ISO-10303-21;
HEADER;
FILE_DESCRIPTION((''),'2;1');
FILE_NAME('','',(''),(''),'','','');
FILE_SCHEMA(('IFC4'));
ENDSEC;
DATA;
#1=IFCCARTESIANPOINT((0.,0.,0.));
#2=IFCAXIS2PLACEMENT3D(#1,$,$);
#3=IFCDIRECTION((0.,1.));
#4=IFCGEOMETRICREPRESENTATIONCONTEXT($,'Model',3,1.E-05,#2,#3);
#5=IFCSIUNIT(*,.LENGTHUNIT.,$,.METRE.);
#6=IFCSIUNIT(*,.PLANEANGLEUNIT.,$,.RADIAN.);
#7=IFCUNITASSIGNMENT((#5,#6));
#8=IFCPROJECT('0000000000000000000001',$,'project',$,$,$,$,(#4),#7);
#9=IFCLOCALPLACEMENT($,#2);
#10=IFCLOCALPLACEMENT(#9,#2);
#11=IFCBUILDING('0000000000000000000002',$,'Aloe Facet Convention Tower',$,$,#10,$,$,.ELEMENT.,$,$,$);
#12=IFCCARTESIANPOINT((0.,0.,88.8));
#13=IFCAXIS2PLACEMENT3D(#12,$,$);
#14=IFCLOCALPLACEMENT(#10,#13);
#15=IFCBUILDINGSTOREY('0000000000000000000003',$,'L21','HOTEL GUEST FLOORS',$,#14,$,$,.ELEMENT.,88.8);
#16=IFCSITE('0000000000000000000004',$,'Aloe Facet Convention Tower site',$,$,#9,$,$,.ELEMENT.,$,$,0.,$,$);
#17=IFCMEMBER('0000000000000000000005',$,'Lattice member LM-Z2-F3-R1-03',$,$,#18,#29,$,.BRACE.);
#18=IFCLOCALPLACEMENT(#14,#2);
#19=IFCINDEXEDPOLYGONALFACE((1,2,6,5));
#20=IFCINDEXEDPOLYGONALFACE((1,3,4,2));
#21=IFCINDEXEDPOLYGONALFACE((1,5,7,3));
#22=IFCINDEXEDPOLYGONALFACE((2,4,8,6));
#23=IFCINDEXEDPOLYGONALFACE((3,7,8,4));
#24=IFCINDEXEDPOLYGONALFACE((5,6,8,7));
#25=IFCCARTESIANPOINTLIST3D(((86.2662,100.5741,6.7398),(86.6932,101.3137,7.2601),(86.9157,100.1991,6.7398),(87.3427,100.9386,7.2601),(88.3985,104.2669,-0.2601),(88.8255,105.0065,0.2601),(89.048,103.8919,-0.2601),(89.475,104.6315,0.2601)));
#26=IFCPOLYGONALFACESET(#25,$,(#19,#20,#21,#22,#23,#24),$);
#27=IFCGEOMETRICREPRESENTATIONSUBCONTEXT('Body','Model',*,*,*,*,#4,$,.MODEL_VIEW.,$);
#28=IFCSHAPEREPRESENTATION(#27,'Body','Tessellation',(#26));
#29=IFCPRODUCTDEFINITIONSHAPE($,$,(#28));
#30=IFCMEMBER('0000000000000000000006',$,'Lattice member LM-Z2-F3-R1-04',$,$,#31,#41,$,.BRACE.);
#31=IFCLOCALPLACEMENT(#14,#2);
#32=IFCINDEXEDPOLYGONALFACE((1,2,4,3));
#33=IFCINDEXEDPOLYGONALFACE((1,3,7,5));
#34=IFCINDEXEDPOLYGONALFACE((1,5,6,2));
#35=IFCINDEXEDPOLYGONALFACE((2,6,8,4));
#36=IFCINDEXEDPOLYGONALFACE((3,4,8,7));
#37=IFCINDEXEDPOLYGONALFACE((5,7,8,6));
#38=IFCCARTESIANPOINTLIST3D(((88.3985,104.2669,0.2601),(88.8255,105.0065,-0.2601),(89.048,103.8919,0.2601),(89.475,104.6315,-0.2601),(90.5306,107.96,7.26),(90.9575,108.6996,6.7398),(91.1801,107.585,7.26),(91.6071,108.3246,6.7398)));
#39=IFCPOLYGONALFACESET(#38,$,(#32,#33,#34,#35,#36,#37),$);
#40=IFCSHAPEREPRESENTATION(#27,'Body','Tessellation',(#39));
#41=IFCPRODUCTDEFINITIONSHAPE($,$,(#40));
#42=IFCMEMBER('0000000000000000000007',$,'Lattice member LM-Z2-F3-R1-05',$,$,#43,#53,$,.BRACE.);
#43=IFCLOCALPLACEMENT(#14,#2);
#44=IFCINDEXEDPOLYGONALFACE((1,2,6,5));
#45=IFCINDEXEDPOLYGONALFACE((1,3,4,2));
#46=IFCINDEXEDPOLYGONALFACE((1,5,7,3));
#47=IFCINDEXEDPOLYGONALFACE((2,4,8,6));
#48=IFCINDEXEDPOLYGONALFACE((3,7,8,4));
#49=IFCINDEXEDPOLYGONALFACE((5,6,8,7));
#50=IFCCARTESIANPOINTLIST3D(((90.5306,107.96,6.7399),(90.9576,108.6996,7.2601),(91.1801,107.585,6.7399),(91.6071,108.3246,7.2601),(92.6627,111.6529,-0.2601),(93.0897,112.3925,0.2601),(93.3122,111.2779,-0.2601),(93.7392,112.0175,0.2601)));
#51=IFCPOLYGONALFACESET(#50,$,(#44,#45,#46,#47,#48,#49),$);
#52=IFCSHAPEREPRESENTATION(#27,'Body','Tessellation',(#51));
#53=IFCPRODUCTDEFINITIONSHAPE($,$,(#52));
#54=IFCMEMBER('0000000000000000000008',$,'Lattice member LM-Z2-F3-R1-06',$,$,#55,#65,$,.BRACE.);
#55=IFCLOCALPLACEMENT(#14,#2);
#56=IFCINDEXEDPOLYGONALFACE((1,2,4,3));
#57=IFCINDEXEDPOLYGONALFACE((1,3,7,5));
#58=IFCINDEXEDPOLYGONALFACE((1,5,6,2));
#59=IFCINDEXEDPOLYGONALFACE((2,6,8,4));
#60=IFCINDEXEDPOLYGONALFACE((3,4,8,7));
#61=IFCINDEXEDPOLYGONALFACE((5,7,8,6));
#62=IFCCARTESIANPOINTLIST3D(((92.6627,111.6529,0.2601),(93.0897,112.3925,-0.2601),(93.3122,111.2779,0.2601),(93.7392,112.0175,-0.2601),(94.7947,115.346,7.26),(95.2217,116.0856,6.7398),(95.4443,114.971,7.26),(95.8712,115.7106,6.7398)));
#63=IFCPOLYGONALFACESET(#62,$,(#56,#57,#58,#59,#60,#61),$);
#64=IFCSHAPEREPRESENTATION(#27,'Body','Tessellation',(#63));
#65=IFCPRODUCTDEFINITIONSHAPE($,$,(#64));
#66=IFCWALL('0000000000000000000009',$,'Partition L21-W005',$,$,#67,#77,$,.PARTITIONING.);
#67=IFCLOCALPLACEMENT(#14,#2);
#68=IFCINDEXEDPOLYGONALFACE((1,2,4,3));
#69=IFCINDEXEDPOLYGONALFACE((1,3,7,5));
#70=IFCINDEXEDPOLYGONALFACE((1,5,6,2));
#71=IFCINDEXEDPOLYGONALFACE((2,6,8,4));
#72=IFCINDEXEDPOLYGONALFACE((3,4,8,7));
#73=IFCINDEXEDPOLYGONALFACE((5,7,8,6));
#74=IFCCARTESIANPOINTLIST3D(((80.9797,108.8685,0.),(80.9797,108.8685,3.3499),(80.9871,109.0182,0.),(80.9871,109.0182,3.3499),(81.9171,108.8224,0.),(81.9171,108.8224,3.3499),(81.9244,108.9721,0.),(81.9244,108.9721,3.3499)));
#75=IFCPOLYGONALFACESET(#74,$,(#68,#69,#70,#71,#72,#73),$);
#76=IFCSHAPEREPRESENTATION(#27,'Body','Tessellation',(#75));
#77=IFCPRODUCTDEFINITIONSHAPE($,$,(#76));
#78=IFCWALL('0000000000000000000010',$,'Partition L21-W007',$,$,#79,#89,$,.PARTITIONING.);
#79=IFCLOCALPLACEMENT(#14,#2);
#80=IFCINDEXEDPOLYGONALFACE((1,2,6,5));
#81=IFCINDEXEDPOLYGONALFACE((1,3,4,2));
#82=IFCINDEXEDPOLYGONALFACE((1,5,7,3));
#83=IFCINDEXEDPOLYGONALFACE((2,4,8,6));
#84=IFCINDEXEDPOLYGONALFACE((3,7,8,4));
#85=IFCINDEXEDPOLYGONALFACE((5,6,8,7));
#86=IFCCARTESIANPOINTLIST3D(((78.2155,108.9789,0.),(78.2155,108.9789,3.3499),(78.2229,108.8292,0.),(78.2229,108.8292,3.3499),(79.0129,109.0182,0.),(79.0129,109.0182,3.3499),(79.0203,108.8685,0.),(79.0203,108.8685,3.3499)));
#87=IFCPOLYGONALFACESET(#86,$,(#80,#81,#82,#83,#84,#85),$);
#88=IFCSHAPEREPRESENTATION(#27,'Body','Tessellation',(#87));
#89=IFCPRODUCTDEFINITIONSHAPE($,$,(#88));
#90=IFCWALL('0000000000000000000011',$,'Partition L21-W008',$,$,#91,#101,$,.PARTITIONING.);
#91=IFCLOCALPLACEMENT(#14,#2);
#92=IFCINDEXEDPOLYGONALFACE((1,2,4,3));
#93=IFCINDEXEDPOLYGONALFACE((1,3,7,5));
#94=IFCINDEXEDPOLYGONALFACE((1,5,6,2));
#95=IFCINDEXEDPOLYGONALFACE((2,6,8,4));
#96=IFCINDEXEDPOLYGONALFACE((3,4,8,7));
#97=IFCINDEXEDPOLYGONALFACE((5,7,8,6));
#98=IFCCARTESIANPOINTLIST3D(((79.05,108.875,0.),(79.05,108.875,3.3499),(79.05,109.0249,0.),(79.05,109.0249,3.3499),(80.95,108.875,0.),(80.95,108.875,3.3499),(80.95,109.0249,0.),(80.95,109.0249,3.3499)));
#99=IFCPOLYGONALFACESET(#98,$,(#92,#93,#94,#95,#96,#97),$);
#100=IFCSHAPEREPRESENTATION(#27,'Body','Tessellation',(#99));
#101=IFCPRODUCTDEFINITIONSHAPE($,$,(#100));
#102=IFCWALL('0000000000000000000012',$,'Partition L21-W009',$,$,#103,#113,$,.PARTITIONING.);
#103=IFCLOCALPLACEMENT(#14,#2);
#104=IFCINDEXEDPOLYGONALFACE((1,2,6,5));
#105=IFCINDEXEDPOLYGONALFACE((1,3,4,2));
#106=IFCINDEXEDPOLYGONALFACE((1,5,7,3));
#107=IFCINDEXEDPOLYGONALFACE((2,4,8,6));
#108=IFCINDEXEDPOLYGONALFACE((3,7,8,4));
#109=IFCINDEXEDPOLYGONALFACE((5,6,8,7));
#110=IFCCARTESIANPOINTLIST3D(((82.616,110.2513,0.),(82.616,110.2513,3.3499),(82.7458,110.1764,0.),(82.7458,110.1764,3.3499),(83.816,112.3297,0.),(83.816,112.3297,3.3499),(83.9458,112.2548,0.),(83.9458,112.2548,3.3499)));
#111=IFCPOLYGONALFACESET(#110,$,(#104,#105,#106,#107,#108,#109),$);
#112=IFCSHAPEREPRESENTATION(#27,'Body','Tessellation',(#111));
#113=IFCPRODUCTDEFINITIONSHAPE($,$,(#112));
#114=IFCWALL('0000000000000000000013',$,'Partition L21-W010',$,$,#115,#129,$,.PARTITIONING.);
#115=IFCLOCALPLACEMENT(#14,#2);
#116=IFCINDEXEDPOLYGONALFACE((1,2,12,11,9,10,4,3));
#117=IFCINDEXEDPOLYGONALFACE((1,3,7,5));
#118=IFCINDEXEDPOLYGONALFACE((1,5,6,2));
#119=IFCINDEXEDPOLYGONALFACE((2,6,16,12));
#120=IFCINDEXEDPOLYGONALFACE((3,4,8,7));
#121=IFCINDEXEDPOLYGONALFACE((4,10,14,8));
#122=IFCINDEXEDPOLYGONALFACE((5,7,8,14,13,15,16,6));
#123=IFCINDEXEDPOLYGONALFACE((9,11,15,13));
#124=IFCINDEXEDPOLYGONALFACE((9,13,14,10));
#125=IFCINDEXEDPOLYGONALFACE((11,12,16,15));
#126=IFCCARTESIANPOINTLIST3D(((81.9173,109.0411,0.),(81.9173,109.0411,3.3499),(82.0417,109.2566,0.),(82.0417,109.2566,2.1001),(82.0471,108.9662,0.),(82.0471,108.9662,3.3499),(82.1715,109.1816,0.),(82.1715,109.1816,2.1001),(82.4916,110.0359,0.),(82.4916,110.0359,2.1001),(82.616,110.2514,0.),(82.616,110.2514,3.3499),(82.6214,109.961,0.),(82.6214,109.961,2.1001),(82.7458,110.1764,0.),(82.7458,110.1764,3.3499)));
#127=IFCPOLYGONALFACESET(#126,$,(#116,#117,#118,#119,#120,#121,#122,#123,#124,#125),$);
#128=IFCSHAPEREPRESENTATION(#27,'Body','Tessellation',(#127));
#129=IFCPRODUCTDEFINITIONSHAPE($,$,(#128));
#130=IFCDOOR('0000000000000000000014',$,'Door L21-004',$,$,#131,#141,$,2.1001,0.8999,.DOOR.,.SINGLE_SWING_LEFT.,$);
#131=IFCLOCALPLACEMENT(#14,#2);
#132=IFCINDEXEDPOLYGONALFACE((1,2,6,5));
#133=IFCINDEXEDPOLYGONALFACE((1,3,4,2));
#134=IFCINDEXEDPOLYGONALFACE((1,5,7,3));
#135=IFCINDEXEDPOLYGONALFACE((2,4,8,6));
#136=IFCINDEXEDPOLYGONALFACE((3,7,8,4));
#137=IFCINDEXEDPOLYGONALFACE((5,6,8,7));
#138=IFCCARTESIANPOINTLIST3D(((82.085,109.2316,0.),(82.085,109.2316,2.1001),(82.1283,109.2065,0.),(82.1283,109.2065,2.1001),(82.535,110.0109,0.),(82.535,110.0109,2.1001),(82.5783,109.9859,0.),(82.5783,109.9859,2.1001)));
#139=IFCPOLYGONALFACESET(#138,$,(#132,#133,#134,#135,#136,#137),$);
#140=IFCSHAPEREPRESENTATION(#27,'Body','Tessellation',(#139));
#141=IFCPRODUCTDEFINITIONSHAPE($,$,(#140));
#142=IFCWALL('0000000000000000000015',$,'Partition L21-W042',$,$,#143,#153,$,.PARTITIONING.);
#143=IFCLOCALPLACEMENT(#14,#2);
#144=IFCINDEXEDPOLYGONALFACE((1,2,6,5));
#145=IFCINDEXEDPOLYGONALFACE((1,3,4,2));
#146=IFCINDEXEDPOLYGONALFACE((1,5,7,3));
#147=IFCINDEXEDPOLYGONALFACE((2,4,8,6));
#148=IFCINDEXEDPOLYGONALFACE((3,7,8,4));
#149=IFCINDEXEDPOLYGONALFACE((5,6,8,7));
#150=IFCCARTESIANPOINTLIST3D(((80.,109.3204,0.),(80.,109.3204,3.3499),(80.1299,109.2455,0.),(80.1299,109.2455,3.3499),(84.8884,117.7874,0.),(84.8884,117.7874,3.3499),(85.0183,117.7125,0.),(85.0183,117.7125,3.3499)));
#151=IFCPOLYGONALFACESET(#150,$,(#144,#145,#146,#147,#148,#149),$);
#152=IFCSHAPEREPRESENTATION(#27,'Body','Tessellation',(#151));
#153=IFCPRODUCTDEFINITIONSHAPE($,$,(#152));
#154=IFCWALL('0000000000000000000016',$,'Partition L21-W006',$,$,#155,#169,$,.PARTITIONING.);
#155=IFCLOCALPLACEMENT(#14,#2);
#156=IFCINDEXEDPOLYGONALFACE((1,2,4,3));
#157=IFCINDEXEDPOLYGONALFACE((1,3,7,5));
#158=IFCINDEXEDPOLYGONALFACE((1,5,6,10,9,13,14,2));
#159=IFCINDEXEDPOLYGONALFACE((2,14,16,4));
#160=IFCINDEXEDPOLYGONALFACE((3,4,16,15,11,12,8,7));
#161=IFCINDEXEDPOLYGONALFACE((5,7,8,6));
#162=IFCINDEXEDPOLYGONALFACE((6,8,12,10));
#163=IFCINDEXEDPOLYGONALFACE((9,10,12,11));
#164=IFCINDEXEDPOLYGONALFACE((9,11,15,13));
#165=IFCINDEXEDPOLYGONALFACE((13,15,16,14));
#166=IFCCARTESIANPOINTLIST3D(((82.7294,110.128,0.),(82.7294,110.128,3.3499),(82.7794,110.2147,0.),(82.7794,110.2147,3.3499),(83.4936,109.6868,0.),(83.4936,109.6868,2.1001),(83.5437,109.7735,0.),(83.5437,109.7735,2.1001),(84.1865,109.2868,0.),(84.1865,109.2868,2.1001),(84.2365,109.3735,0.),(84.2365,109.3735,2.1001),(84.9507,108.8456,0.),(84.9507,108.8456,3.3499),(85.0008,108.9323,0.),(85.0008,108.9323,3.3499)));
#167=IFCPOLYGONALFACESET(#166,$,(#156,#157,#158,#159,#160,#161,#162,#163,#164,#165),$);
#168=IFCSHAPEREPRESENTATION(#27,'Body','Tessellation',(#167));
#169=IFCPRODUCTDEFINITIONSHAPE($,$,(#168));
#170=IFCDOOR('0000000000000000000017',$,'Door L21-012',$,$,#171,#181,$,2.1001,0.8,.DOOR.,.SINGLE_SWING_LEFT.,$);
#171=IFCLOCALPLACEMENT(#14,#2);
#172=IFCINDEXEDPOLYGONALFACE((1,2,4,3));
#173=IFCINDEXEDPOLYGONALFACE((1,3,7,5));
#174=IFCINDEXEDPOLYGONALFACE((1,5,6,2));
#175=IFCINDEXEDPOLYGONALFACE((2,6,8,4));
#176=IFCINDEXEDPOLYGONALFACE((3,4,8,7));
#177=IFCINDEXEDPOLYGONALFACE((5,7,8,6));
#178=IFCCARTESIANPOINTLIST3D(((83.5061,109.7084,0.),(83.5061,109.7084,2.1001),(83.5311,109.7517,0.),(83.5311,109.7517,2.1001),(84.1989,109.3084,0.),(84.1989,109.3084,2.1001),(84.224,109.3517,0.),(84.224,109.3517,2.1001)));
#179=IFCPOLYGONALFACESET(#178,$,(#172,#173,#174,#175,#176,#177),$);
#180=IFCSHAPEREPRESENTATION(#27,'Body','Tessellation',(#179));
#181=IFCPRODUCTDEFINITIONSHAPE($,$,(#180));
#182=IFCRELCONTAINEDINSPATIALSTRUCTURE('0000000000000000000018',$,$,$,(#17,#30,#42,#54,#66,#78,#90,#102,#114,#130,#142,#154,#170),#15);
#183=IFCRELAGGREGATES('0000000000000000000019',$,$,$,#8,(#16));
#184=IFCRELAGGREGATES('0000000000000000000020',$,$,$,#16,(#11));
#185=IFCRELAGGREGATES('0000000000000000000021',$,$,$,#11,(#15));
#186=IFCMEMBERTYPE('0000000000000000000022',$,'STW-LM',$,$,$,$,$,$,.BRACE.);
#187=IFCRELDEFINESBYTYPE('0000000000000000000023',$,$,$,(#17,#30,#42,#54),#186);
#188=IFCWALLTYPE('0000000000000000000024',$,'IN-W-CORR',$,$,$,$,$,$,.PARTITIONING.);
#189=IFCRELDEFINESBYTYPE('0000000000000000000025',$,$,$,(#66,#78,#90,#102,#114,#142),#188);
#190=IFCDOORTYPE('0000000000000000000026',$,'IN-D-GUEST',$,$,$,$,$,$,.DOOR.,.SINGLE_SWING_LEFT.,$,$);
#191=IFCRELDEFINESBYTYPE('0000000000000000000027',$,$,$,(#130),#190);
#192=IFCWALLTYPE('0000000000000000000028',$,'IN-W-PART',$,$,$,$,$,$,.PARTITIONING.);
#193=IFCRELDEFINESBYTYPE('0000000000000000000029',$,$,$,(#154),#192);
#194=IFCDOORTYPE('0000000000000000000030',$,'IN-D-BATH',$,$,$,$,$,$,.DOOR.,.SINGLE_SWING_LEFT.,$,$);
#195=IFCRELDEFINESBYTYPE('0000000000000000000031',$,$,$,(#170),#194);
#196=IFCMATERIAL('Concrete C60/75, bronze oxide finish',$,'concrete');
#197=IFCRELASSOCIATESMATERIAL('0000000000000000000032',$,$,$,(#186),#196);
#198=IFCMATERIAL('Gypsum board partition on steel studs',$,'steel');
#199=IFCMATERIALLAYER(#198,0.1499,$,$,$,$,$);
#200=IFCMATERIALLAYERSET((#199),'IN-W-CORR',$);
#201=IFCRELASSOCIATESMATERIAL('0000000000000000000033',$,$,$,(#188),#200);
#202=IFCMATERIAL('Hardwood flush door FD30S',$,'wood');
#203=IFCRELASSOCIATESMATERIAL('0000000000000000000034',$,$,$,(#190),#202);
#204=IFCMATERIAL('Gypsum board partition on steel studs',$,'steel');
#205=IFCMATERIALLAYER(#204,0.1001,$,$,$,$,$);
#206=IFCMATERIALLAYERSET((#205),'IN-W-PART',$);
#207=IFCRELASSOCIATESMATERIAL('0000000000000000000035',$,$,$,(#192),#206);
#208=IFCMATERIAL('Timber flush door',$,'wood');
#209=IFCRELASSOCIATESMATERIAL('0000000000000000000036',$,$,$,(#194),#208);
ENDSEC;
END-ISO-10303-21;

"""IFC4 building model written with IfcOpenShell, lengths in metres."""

from ifc_helpers import new_model, si_unit, direction, frame, frame_2d, origin, origin_2d, place, context, subcontext, project, spatial, rectangle, extrude, material, layer, layer_set, material_profile, profile_set, type_object, element, fill, save


model = new_model("IFC4")

# Units and contexts
model_context = context("Model", 3, precision=1e-05, world=origin(), true_north=direction((0.0, 1.0)))
body_context = subcontext(model_context, "Body", "Model", "MODEL_VIEW")
ifc_project = project(units=[si_unit("LENGTHUNIT", "METRE"), si_unit("PLANEANGLEUNIT", "RADIAN")], contexts=[model_context])

# Site, building, storey
site_placement = place(None, origin())
site = spatial("IfcSite", under=ifc_project, at=site_placement, Name="Aloe Facet Convention Tower site", CompositionType="ELEMENT", RefElevation=0.0)
building_placement = place(site_placement, origin())
building = spatial("IfcBuilding", under=site, at=building_placement, Name="Aloe Facet Convention Tower", CompositionType="ELEMENT")
storey_placement = place(building_placement, frame((0.0, 0.0, 88.8)))
storey = spatial("IfcBuildingStorey", under=building, at=storey_placement, Name="L21", Description="HOTEL GUEST FLOORS", CompositionType="ELEMENT", Elevation=88.8)

# Members
ifc_material_1 = material(Name="Concrete C60/75, bronze oxide finish", Category="concrete")
ifc_material_profile_1 = material_profile(ifc_material_1, rectangle(XDim=0.75, YDim=1.0, at=origin_2d()), Name="STW-LM")
ifc_profile_set_1 = profile_set([ifc_material_profile_1], Name="Concrete C60/75, bronze oxide finish")
member_type = type_object("IfcMemberType", Name="STW-LM", PredefinedType="BRACE", material=ifc_profile_set_1)
for number, where, z_axis, x_axis, name in (
    (1, (88.9368, 104.4492, 0.0), (-0.260148, -0.450537, 0.854014), (0.866001, -0.500043, 0.0), "Lattice member LM-Z2-F3-R1-03"),
    (2, (88.9368, 104.4492, 0.0), (0.260116, 0.450565, 0.854009), (-0.86604, 0.499975, 0.0), "Lattice member LM-Z2-F3-R1-04"),
    (3, (93.2009, 111.8352, 0.0), (-0.26012, -0.450541, 0.85402), (0.866025, -0.5, 0.0), "Lattice member LM-Z2-F3-R1-05"),
    (4, (93.2009, 111.8352, 0.0), (0.260116, 0.450565, 0.854009), (-0.86604, 0.499975, 0.0), "Lattice member LM-Z2-F3-R1-06"),
):
    element("IfcMember", number, at=place(storey_placement, frame(where, z_axis=z_axis, x_axis=x_axis)), inside=storey, type_object=member_type, Name=name, PredefinedType="BRACE", context=body_context, shape_type="SweptSolid", body=[
        extrude(rectangle(XDim=0.75, YDim=1.0, at=origin_2d()), origin(), (0.0, 0.0, 1.0), 8.1965),
    ])

# Walls
ifc_material_2 = material(Name="Gypsum board partition on steel studs", Category="steel")
ifc_layer_1 = layer(ifc_material_2, 0.1499)
ifc_layer_set_1 = layer_set([ifc_layer_1], Name="IN-W-CORR")
wall_type_1 = type_object("IfcWallType", Name="IN-W-CORR", PredefinedType="PARTITIONING", material=ifc_layer_set_1)
wall_1_placement = place(storey_placement, frame((80.9834, 108.9434, 0.0), z_axis=(0.0, 0.0, 1.0), x_axis=(0.99879, -0.049172, 0.0)))
element("IfcWall", 5, at=wall_1_placement, inside=storey, type_object=wall_type_1, Name="Partition L21-W005", PredefinedType="PARTITIONING", context=body_context, shape_type="SweptSolid", body=[
    extrude(rectangle(XDim=0.9385, YDim=0.1499, at=frame_2d((0.4692, 0.0))), origin(), (0.0, 0.0, 1.0), 3.3499),
])
wall_2_placement = place(storey_placement, frame((78.2192, 108.9041, 0.0), z_axis=(0.0, 0.0, 1.0), x_axis=(0.998787, 0.049236, 0.0)))
element("IfcWall", 6, at=wall_2_placement, inside=storey, type_object=wall_type_1, Name="Partition L21-W007", PredefinedType="PARTITIONING", context=body_context, shape_type="SweptSolid", body=[
    extrude(rectangle(XDim=0.7983, YDim=0.1499, at=frame_2d((0.3992, 0.0))), origin(), (0.0, 0.0, 1.0), 3.3499),
])
wall_3_placement = place(storey_placement, frame((79.05, 108.95, 0.0), z_axis=(0.0, 0.0, 1.0), x_axis=(1.0, 0.0, 0.0)))
element("IfcWall", 7, at=wall_3_placement, inside=storey, type_object=wall_type_1, Name="Partition L21-W008", PredefinedType="PARTITIONING", context=body_context, shape_type="SweptSolid", body=[
    extrude(rectangle(XDim=1.8999, YDim=0.1499, at=frame_2d((0.95, 0.0))), origin(), (0.0, 0.0, 1.0), 3.3499),
])
wall_4_placement = place(storey_placement, frame((82.6809, 110.2139, 0.0), z_axis=(0.0, 0.0, 1.0), x_axis=(0.500001, 0.866025, 0.0)))
element("IfcWall", 8, at=wall_4_placement, inside=storey, type_object=wall_type_1, Name="Partition L21-W009", PredefinedType="PARTITIONING", context=body_context, shape_type="SweptSolid", body=[
    extrude(rectangle(XDim=2.3999, YDim=0.1499, at=frame_2d((1.2, 0.0))), origin(), (0.0, 0.0, 1.0), 3.3499),
])

# Wall, opening, door
wall_5_placement = place(storey_placement, frame((81.9822, 109.0037, 0.0), z_axis=(0.0, 0.0, 1.0), x_axis=(0.50001, 0.86602, 0.0)))
wall_5 = element("IfcWall", 9, at=wall_5_placement, inside=storey, type_object=wall_type_1, Name="Partition L21-W010", PredefinedType="PARTITIONING", context=body_context, shape_type="SweptSolid", body=[
    extrude(rectangle(XDim=1.3975, YDim=0.1499, at=frame_2d((0.6987, 0.0))), origin(), (0.0, 0.0, 1.0), 3.3499),
])
opening_1_placement = place(wall_5_placement, frame((0.2488, 0.0, 0.0)))
opening_1 = element("IfcOpeningElement", 10, at=opening_1_placement, cuts=wall_5, PredefinedType="OPENING", context=body_context, shape_type="SweptSolid", body=[
    extrude(rectangle(XDim=0.8999, YDim=2.1001, at=frame_2d((0.45, 1.05))), frame((0.0, 0.085, 0.0), z_axis=(0.0, -1.0, 0.0), x_axis=(1.0, 0.0, 0.0)), (0.0, 0.0, 1.0), 0.1699),
])
ifc_material_3 = material(Name="Hardwood flush door FD30S", Category="wood")
door_type_1 = type_object("IfcDoorType", Name="IN-D-GUEST", OperationType="SINGLE_SWING_LEFT", PredefinedType="DOOR", material=ifc_material_3)
door_1_placement = place(opening_1_placement, origin())
door_1 = element("IfcDoor", 11, at=door_1_placement, inside=storey, type_object=door_type_1, Name="Door L21-004", OperationType="SINGLE_SWING_LEFT", OverallHeight=2.1001, OverallWidth=0.8999, PredefinedType="DOOR", context=body_context, shape_type="SweptSolid", body=[
    extrude(rectangle(XDim=0.8999, YDim=2.1001, at=frame_2d((0.45, 1.05))), frame((0.0, 0.0249, 0.0), z_axis=(0.0, -1.0, 0.0), x_axis=(1.0, 0.0, 0.0)), (0.0, 0.0, 1.0), 0.05),
])
fill(opening_1, door_1)

# Wall
wall_6_placement = place(storey_placement, frame((80.0649, 109.283, 0.0), z_axis=(0.0, 0.0, 1.0), x_axis=(0.499998, 0.866026, 0.0)))
element("IfcWall", 12, at=wall_6_placement, inside=storey, type_object=wall_type_1, Name="Partition L21-W042", PredefinedType="PARTITIONING", context=body_context, shape_type="SweptSolid", body=[
    extrude(rectangle(XDim=9.7769, YDim=0.1499, at=frame_2d((4.8884, 0.0))), origin(), (0.0, 0.0, 1.0), 3.3499),
])

# Wall, opening, door
ifc_material_4 = material(Name="Gypsum board partition on steel studs", Category="steel")
ifc_layer_2 = layer(ifc_material_4, 0.1001)
ifc_layer_set_2 = layer_set([ifc_layer_2], Name="IN-W-PART")
wall_type_2 = type_object("IfcWallType", Name="IN-W-PART", PredefinedType="PARTITIONING", material=ifc_layer_set_2)
wall_7_placement = place(storey_placement, frame((82.7544, 110.1714, 0.0), z_axis=(0.0, 0.0, 1.0), x_axis=(0.866038, -0.499978, 0.0)))
wall_7 = element("IfcWall", 13, at=wall_7_placement, inside=storey, type_object=wall_type_2, Name="Partition L21-W006", PredefinedType="PARTITIONING", context=body_context, shape_type="SweptSolid", body=[
    extrude(rectangle(XDim=2.5649, YDim=0.1001, at=frame_2d((1.2825, 0.0))), origin(), (0.0, 0.0, 1.0), 3.3499),
])
opening_2_placement = place(wall_7_placement, frame((0.8826, 0.0, 0.0)))
opening_2 = element("IfcOpeningElement", 14, at=opening_2_placement, cuts=wall_7, PredefinedType="OPENING", context=body_context, shape_type="SweptSolid", body=[
    extrude(rectangle(XDim=0.8, YDim=2.1001, at=frame_2d((0.3999, 1.05))), frame((0.0, 0.0601, 0.0), z_axis=(0.0, -1.0, 0.0), x_axis=(1.0, 0.0, 0.0)), (0.0, 0.0, 1.0), 0.1201),
])
ifc_material_5 = material(Name="Timber flush door", Category="wood")
door_type_2 = type_object("IfcDoorType", Name="IN-D-BATH", OperationType="SINGLE_SWING_LEFT", PredefinedType="DOOR", material=ifc_material_5)
door_2_placement = place(opening_2_placement, origin())
door_2 = element("IfcDoor", 15, at=door_2_placement, inside=storey, type_object=door_type_2, Name="Door L21-012", OperationType="SINGLE_SWING_LEFT", OverallHeight=2.1001, OverallWidth=0.8, PredefinedType="DOOR", context=body_context, shape_type="SweptSolid", body=[
    extrude(rectangle(XDim=0.8, YDim=2.1001, at=frame_2d((0.3999, 1.05))), frame((0.0, 0.0249, 0.0), z_axis=(0.0, -1.0, 0.0), x_axis=(1.0, 0.0, 0.0)), (0.0, 0.0, 1.0), 0.05),
])
fill(opening_2, door_2)

save(model, "model.ifc")
